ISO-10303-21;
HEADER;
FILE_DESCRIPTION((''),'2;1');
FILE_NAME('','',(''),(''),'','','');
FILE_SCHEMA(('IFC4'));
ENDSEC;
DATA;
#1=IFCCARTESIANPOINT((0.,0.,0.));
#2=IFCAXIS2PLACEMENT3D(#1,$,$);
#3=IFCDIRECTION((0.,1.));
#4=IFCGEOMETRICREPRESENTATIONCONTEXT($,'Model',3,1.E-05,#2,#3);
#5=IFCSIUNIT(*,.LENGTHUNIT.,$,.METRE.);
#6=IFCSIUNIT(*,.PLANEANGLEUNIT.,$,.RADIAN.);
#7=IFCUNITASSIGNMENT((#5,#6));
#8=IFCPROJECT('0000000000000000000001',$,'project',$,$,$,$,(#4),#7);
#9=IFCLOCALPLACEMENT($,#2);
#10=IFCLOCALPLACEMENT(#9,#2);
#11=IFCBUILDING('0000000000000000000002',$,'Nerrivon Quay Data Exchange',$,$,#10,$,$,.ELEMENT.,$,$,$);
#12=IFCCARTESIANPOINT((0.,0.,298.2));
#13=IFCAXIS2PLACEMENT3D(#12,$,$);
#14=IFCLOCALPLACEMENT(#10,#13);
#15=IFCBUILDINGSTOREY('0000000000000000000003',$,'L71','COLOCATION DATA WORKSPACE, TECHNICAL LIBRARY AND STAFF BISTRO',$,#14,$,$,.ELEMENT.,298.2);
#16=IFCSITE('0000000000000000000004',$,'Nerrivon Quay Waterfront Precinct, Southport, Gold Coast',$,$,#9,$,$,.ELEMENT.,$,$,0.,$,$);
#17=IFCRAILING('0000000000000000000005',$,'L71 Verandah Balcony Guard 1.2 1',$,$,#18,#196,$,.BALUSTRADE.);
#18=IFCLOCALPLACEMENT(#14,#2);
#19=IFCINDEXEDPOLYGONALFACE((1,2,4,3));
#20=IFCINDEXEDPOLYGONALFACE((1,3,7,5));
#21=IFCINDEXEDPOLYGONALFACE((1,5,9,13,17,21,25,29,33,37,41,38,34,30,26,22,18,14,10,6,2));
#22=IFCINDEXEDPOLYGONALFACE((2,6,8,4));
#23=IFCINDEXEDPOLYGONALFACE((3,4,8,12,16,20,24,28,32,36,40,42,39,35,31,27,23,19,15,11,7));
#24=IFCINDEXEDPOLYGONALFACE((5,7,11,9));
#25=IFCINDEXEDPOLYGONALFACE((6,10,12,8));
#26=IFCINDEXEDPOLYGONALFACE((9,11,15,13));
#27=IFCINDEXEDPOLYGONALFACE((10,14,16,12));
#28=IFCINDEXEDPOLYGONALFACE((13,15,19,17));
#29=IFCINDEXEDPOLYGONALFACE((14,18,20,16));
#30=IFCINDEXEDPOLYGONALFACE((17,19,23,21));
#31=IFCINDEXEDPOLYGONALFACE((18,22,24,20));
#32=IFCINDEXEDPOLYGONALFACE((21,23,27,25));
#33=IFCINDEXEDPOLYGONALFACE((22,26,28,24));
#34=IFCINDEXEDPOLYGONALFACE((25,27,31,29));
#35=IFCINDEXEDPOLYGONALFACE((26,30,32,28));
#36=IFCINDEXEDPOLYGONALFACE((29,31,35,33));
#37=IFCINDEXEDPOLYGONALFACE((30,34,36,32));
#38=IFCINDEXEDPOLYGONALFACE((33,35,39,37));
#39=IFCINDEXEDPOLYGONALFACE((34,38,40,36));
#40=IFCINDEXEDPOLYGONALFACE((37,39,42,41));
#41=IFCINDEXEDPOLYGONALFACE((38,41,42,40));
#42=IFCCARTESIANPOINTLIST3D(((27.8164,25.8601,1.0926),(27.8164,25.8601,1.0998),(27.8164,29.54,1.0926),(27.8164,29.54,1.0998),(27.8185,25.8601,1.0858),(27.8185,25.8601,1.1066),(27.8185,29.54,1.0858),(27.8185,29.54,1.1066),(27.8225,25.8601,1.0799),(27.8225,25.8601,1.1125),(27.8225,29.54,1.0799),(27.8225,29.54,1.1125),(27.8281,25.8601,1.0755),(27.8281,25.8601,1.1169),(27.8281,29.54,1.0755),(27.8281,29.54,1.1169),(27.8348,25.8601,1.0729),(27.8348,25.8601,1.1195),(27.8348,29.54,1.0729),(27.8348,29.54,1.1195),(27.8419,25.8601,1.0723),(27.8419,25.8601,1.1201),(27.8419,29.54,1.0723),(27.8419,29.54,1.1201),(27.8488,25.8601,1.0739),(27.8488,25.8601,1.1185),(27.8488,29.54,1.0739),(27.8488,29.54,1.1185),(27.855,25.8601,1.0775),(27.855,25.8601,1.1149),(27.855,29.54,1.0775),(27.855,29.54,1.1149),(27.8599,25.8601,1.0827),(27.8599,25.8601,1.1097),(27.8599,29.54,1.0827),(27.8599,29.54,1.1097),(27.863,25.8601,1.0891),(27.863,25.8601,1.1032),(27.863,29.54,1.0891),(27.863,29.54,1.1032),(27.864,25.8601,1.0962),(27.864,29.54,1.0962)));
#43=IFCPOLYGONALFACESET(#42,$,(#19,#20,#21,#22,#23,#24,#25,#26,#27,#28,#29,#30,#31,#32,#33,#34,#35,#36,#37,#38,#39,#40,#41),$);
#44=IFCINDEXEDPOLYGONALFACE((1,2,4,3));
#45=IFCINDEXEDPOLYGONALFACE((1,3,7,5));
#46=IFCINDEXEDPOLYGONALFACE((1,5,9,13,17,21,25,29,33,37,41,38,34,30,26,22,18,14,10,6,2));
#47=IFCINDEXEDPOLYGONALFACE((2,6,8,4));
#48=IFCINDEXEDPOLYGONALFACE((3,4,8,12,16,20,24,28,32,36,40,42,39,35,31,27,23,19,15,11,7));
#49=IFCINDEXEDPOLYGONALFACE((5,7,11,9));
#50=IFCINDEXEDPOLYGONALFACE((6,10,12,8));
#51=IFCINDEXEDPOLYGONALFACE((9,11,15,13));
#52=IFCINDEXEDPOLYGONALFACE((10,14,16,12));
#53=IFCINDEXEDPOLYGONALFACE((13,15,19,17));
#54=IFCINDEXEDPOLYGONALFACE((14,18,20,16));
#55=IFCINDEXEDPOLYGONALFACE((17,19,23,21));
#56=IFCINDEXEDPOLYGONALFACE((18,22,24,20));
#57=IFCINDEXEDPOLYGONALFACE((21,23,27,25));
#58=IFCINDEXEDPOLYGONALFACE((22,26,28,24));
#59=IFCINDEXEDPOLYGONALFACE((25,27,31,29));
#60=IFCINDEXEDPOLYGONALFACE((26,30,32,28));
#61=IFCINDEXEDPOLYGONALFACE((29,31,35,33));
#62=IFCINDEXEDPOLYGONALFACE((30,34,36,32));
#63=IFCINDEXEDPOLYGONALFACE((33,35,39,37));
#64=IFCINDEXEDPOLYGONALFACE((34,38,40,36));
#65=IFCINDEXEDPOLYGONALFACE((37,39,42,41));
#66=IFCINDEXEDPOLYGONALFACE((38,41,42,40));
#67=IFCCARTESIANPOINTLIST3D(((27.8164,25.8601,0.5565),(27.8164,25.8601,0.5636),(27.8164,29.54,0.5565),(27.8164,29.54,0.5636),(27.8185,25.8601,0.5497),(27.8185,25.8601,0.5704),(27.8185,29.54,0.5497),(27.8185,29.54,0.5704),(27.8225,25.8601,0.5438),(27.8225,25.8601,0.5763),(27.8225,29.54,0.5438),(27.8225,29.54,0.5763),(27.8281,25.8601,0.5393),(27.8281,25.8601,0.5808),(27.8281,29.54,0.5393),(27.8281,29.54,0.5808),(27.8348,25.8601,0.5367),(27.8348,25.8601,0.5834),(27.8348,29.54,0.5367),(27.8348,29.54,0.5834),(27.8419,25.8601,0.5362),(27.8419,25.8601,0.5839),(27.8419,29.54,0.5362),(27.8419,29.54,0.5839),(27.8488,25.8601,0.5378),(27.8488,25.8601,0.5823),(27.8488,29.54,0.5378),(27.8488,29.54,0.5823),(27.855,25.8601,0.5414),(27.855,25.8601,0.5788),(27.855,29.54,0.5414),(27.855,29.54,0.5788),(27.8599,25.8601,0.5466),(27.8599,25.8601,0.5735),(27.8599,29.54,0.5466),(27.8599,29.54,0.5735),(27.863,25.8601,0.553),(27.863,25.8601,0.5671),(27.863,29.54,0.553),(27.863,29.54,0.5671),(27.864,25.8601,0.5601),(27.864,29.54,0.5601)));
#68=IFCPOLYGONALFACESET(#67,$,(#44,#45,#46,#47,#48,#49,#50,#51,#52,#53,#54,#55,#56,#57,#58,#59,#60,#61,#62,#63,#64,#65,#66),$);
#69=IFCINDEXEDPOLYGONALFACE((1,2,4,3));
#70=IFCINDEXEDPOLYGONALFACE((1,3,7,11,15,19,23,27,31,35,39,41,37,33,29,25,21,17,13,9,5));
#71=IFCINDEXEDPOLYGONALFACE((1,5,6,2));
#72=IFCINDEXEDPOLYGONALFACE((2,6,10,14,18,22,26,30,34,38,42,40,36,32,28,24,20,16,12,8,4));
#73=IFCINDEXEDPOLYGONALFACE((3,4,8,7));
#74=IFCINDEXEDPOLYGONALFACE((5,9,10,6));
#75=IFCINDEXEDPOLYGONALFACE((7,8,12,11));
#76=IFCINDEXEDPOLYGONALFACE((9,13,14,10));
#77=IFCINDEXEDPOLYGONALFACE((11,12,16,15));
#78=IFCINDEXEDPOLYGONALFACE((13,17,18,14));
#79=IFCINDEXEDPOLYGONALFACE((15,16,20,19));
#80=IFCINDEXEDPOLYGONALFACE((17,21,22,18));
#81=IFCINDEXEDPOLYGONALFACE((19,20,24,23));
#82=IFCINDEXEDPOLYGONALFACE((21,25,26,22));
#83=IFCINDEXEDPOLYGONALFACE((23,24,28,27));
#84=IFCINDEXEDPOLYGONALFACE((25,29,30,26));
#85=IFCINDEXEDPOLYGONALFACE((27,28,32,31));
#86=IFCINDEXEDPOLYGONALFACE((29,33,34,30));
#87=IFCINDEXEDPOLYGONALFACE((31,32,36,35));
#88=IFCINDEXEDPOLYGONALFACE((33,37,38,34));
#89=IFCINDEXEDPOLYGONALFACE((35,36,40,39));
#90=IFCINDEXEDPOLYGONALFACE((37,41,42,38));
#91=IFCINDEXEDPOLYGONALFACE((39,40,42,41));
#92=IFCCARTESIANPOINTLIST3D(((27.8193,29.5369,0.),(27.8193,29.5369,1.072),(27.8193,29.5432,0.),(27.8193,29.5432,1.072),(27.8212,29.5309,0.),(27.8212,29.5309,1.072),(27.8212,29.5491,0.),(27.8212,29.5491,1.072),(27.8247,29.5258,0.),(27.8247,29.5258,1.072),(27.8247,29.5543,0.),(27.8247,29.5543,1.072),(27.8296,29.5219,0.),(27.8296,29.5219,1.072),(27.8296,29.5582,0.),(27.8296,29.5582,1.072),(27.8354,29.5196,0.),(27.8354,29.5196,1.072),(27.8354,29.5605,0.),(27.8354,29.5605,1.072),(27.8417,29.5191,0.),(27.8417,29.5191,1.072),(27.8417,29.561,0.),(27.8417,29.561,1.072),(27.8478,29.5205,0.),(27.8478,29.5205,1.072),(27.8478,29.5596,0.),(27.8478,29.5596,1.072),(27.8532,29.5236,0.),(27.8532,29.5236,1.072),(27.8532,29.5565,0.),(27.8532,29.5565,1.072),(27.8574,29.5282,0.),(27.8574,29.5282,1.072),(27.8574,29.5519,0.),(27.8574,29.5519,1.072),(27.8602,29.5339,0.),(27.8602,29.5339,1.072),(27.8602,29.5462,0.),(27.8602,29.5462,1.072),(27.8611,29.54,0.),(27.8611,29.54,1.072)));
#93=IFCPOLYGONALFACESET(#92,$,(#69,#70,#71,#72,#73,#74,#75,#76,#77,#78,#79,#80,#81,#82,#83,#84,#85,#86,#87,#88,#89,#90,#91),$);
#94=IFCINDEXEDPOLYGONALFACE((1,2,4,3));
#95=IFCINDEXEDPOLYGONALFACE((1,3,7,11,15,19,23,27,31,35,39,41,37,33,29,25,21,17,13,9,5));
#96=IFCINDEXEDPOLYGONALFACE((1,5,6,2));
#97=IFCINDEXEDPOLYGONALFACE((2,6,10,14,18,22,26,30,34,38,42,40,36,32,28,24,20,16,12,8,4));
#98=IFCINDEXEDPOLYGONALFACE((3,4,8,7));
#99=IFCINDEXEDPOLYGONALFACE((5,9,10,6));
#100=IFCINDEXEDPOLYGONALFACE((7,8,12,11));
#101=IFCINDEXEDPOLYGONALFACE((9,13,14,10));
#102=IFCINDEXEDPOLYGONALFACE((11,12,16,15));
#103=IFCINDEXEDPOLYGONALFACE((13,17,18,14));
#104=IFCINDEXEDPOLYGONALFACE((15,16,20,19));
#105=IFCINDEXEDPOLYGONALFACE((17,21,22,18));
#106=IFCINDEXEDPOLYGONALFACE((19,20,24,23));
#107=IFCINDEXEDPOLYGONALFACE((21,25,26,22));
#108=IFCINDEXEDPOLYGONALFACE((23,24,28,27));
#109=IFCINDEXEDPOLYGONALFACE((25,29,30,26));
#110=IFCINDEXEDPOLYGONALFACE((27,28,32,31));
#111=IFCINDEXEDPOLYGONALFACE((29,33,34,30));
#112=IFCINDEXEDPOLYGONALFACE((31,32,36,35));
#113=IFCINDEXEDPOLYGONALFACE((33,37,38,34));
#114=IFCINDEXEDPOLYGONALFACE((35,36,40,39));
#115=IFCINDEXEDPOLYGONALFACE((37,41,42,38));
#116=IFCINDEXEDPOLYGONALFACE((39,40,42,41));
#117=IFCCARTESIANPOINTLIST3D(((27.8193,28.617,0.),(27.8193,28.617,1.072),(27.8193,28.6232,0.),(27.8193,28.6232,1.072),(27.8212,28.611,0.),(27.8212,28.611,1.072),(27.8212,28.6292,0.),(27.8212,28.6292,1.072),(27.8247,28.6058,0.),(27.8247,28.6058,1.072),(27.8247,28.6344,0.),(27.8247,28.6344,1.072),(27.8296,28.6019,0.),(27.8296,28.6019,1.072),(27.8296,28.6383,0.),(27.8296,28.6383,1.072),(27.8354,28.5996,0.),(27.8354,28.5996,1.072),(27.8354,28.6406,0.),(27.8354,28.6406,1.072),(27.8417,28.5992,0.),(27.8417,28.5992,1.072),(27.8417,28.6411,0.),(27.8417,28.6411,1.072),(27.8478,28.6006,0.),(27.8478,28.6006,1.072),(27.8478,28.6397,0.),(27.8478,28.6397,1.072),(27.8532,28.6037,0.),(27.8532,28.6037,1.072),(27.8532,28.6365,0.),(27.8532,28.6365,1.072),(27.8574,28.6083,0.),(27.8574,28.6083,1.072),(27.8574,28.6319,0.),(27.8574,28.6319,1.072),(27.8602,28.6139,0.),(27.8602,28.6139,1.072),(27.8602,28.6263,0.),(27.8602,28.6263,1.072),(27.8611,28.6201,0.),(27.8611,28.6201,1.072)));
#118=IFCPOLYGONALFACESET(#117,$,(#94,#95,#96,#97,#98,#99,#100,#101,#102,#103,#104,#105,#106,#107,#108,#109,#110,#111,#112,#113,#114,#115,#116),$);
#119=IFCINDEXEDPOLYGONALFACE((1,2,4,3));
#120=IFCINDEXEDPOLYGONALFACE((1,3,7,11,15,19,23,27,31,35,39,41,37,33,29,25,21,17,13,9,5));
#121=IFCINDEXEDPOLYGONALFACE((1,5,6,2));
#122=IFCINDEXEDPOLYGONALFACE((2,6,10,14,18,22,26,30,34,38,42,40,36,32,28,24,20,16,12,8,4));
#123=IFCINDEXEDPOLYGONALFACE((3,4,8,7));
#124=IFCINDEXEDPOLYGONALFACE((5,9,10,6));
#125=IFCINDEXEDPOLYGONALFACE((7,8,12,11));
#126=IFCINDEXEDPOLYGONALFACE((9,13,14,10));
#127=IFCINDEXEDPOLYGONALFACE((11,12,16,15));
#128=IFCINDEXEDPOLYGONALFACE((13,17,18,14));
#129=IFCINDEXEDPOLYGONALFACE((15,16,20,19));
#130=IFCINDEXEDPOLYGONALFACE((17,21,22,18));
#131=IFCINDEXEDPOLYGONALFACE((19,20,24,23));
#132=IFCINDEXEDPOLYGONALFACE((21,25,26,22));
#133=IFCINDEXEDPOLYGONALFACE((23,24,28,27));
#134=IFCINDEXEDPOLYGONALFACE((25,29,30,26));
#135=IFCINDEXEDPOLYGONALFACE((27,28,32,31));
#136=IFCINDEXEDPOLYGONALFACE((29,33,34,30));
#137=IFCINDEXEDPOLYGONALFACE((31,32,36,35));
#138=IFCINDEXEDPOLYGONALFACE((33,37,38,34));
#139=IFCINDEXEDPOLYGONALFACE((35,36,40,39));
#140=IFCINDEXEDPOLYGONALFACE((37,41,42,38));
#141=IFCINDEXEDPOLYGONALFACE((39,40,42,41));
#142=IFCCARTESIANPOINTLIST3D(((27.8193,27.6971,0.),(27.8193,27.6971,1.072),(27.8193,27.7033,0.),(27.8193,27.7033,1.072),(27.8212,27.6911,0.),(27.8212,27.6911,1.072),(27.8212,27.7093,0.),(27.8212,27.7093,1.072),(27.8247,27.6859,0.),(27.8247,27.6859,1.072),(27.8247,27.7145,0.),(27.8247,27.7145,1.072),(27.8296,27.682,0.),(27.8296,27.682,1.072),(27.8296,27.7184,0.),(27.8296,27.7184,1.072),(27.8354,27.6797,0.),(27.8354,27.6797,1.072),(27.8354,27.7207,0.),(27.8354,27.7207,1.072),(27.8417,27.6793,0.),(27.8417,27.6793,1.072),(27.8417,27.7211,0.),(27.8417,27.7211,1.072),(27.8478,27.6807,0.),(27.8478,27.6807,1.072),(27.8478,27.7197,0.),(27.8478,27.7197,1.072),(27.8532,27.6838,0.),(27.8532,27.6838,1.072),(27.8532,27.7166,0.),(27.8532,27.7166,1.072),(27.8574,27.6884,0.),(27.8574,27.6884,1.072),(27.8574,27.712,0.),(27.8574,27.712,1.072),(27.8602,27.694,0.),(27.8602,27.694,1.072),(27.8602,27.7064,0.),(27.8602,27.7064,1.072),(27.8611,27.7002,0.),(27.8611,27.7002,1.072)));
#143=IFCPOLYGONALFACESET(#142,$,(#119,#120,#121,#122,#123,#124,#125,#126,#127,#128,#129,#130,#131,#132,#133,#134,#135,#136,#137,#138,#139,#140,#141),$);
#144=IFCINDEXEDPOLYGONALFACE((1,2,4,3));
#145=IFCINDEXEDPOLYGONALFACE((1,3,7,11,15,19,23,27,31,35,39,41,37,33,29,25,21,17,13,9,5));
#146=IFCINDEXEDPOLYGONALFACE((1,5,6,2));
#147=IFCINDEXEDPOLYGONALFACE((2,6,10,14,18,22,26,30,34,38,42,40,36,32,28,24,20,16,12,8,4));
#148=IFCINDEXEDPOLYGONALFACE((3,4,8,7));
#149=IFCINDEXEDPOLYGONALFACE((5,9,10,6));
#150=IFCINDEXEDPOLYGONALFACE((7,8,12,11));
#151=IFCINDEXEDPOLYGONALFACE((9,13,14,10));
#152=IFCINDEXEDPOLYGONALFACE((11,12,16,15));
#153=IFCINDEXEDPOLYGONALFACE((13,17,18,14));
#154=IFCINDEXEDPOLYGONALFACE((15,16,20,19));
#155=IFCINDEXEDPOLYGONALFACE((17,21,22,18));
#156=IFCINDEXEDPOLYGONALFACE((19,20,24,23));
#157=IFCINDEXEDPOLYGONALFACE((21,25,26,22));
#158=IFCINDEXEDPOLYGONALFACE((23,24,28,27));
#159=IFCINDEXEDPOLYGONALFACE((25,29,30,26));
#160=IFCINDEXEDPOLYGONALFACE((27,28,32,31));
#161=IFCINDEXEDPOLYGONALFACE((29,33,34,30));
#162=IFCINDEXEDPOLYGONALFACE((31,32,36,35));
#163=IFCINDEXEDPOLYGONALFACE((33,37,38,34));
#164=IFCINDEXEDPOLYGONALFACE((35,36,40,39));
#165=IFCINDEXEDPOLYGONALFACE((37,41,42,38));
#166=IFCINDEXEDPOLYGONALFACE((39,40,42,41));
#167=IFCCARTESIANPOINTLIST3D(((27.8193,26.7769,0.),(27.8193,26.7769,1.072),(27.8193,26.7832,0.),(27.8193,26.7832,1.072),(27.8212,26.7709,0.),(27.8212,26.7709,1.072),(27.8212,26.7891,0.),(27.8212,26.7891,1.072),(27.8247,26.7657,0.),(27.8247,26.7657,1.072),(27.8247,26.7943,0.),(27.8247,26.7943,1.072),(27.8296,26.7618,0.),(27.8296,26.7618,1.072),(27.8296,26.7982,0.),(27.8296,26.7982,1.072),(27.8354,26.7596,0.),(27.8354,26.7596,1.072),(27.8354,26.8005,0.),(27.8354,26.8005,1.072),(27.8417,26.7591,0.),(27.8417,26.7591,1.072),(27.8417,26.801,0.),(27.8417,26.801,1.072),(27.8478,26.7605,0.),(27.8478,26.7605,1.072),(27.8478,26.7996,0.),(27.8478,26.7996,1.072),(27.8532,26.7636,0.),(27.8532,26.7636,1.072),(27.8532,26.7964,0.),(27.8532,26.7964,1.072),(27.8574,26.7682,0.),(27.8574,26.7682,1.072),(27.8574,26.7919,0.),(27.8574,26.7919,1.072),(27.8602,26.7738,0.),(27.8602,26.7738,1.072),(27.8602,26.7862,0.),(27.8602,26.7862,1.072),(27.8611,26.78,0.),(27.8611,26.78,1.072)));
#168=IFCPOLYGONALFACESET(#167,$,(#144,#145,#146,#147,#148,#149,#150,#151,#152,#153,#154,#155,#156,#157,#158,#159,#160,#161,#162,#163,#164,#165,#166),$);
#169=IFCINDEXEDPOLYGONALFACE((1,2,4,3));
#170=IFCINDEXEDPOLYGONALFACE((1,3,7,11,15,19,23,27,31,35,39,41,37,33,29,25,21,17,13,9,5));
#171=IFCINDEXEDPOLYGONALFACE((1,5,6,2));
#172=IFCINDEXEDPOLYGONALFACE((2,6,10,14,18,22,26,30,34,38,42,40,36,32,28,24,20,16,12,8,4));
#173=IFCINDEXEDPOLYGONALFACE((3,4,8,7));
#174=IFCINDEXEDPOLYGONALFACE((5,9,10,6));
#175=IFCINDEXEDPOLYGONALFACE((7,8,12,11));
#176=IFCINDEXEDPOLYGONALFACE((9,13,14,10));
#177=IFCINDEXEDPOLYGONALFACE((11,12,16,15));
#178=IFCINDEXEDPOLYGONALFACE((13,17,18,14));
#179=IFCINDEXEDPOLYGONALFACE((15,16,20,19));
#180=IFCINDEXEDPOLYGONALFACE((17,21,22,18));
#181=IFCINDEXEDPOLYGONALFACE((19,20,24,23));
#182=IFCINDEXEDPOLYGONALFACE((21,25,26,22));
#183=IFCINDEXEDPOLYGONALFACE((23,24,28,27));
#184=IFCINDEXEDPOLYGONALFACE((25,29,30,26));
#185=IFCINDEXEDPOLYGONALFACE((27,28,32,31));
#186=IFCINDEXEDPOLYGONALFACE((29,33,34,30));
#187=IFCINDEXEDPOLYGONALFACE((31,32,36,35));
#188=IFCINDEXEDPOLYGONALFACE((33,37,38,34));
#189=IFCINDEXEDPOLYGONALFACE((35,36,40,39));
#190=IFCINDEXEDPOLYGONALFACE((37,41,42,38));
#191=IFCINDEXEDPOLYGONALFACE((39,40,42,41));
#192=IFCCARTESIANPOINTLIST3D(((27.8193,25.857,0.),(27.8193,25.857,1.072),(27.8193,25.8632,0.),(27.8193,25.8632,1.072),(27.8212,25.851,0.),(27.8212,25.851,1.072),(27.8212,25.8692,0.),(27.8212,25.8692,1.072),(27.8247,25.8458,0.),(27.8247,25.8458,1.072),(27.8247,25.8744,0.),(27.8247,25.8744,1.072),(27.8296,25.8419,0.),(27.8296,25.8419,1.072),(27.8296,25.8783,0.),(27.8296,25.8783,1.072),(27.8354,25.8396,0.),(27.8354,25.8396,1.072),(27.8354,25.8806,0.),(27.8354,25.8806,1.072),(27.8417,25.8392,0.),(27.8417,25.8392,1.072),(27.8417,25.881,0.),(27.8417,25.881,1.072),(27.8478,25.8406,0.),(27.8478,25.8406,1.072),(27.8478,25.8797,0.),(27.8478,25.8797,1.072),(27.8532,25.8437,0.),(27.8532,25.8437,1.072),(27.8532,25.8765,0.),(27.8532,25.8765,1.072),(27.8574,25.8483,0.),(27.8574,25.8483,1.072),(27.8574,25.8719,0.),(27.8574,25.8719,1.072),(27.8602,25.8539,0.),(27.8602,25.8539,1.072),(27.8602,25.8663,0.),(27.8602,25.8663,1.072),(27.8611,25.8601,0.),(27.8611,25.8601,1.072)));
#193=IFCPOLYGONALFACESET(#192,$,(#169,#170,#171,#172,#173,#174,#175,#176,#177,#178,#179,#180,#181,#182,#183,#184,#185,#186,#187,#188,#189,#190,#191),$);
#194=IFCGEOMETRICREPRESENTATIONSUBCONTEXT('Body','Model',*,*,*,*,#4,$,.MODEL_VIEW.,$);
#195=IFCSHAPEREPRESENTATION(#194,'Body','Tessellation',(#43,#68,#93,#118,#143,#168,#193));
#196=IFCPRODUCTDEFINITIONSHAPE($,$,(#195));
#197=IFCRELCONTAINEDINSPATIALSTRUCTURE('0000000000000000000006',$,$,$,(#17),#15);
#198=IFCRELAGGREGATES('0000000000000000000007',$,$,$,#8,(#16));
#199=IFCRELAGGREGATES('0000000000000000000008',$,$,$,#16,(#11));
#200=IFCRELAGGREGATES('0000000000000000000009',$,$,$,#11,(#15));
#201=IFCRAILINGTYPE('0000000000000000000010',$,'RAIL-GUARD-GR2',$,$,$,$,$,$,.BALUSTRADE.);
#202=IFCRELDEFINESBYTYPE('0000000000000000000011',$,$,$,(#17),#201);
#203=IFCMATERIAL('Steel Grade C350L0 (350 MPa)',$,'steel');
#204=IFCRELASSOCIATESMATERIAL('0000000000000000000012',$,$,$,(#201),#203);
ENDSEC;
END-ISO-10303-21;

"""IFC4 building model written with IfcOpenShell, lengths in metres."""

from ifc_helpers import new_model, si_unit, direction, frame, origin, origin_2d, place, context, subcontext, project, spatial, circle, extrude, material, type_object, element, save


model = new_model("IFC4")

# Units and contexts
model_context = context("Model", 3, precision=1e-05, world=origin(), true_north=direction((0.0, 1.0)))
body_context = subcontext(model_context, "Body", "Model", "MODEL_VIEW")
ifc_project = project(units=[si_unit("LENGTHUNIT", "METRE"), si_unit("PLANEANGLEUNIT", "RADIAN")], contexts=[model_context])

# Site, building, storey
site_placement = place(None, origin())
site = spatial("IfcSite", under=ifc_project, at=site_placement, Name="Nerrivon Quay Waterfront Precinct, Southport, Gold Coast", CompositionType="ELEMENT", RefElevation=0.0)
building_placement = place(site_placement, origin())
building = spatial("IfcBuilding", under=site, at=building_placement, Name="Nerrivon Quay Data Exchange", CompositionType="ELEMENT")
storey_placement = place(building_placement, frame((0.0, 0.0, 298.2)))
storey = spatial("IfcBuildingStorey", under=building, at=storey_placement, Name="L71", Description="COLOCATION DATA WORKSPACE, TECHNICAL LIBRARY AND STAFF BISTRO", CompositionType="ELEMENT", Elevation=298.2)

# Shared definitions
ifc_material_1 = material(Name="Steel Grade C350L0 (350 MPa)", Category="steel")

# Railing
railing_type = type_object("IfcRailingType", Name="RAIL-GUARD-GR2", PredefinedType="BALUSTRADE", material=ifc_material_1)
railing_1_placement = place(storey_placement, frame((27.8401, 29.54, 0.0)))
element("IfcRailing", 1, at=railing_1_placement, inside=storey, type_object=railing_type, Name="L71 Verandah Balcony Guard 1.2 1", PredefinedType="BALUSTRADE", context=body_context, shape_type="SweptSolid", body=[
    extrude(circle(Radius=0.0239, at=origin_2d()), frame((0.0, 0.0, 1.0962), z_axis=(0.0, -1.0, 0.0), x_axis=(1.0, 0.0, 0.0)), (0.0, 0.0, 1.0), 3.6799),
    extrude(circle(Radius=0.0239, at=origin_2d()), frame((0.0, 0.0, 0.5601), z_axis=(0.0, -1.0, 0.0), x_axis=(1.0, 0.0, 0.0)), (0.0, 0.0, 1.0), 3.6799),
    extrude(circle(Radius=0.021, at=origin_2d()), origin(), (0.0, 0.0, 1.0), 1.072),
    extrude(circle(Radius=0.021, at=origin_2d()), frame((0.0, -0.9199, 0.0)), (0.0, 0.0, 1.0), 1.072),
    extrude(circle(Radius=0.021, at=origin_2d()), frame((0.0, -1.8398, 0.0)), (0.0, 0.0, 1.0), 1.072),
    extrude(circle(Radius=0.021, at=origin_2d()), frame((0.0, -2.76, 0.0)), (0.0, 0.0, 1.0), 1.072),
    extrude(circle(Radius=0.021, at=origin_2d()), frame((0.0, -3.6799, 0.0)), (0.0, 0.0, 1.0), 1.072),
])

save(model, "model.ifc")
